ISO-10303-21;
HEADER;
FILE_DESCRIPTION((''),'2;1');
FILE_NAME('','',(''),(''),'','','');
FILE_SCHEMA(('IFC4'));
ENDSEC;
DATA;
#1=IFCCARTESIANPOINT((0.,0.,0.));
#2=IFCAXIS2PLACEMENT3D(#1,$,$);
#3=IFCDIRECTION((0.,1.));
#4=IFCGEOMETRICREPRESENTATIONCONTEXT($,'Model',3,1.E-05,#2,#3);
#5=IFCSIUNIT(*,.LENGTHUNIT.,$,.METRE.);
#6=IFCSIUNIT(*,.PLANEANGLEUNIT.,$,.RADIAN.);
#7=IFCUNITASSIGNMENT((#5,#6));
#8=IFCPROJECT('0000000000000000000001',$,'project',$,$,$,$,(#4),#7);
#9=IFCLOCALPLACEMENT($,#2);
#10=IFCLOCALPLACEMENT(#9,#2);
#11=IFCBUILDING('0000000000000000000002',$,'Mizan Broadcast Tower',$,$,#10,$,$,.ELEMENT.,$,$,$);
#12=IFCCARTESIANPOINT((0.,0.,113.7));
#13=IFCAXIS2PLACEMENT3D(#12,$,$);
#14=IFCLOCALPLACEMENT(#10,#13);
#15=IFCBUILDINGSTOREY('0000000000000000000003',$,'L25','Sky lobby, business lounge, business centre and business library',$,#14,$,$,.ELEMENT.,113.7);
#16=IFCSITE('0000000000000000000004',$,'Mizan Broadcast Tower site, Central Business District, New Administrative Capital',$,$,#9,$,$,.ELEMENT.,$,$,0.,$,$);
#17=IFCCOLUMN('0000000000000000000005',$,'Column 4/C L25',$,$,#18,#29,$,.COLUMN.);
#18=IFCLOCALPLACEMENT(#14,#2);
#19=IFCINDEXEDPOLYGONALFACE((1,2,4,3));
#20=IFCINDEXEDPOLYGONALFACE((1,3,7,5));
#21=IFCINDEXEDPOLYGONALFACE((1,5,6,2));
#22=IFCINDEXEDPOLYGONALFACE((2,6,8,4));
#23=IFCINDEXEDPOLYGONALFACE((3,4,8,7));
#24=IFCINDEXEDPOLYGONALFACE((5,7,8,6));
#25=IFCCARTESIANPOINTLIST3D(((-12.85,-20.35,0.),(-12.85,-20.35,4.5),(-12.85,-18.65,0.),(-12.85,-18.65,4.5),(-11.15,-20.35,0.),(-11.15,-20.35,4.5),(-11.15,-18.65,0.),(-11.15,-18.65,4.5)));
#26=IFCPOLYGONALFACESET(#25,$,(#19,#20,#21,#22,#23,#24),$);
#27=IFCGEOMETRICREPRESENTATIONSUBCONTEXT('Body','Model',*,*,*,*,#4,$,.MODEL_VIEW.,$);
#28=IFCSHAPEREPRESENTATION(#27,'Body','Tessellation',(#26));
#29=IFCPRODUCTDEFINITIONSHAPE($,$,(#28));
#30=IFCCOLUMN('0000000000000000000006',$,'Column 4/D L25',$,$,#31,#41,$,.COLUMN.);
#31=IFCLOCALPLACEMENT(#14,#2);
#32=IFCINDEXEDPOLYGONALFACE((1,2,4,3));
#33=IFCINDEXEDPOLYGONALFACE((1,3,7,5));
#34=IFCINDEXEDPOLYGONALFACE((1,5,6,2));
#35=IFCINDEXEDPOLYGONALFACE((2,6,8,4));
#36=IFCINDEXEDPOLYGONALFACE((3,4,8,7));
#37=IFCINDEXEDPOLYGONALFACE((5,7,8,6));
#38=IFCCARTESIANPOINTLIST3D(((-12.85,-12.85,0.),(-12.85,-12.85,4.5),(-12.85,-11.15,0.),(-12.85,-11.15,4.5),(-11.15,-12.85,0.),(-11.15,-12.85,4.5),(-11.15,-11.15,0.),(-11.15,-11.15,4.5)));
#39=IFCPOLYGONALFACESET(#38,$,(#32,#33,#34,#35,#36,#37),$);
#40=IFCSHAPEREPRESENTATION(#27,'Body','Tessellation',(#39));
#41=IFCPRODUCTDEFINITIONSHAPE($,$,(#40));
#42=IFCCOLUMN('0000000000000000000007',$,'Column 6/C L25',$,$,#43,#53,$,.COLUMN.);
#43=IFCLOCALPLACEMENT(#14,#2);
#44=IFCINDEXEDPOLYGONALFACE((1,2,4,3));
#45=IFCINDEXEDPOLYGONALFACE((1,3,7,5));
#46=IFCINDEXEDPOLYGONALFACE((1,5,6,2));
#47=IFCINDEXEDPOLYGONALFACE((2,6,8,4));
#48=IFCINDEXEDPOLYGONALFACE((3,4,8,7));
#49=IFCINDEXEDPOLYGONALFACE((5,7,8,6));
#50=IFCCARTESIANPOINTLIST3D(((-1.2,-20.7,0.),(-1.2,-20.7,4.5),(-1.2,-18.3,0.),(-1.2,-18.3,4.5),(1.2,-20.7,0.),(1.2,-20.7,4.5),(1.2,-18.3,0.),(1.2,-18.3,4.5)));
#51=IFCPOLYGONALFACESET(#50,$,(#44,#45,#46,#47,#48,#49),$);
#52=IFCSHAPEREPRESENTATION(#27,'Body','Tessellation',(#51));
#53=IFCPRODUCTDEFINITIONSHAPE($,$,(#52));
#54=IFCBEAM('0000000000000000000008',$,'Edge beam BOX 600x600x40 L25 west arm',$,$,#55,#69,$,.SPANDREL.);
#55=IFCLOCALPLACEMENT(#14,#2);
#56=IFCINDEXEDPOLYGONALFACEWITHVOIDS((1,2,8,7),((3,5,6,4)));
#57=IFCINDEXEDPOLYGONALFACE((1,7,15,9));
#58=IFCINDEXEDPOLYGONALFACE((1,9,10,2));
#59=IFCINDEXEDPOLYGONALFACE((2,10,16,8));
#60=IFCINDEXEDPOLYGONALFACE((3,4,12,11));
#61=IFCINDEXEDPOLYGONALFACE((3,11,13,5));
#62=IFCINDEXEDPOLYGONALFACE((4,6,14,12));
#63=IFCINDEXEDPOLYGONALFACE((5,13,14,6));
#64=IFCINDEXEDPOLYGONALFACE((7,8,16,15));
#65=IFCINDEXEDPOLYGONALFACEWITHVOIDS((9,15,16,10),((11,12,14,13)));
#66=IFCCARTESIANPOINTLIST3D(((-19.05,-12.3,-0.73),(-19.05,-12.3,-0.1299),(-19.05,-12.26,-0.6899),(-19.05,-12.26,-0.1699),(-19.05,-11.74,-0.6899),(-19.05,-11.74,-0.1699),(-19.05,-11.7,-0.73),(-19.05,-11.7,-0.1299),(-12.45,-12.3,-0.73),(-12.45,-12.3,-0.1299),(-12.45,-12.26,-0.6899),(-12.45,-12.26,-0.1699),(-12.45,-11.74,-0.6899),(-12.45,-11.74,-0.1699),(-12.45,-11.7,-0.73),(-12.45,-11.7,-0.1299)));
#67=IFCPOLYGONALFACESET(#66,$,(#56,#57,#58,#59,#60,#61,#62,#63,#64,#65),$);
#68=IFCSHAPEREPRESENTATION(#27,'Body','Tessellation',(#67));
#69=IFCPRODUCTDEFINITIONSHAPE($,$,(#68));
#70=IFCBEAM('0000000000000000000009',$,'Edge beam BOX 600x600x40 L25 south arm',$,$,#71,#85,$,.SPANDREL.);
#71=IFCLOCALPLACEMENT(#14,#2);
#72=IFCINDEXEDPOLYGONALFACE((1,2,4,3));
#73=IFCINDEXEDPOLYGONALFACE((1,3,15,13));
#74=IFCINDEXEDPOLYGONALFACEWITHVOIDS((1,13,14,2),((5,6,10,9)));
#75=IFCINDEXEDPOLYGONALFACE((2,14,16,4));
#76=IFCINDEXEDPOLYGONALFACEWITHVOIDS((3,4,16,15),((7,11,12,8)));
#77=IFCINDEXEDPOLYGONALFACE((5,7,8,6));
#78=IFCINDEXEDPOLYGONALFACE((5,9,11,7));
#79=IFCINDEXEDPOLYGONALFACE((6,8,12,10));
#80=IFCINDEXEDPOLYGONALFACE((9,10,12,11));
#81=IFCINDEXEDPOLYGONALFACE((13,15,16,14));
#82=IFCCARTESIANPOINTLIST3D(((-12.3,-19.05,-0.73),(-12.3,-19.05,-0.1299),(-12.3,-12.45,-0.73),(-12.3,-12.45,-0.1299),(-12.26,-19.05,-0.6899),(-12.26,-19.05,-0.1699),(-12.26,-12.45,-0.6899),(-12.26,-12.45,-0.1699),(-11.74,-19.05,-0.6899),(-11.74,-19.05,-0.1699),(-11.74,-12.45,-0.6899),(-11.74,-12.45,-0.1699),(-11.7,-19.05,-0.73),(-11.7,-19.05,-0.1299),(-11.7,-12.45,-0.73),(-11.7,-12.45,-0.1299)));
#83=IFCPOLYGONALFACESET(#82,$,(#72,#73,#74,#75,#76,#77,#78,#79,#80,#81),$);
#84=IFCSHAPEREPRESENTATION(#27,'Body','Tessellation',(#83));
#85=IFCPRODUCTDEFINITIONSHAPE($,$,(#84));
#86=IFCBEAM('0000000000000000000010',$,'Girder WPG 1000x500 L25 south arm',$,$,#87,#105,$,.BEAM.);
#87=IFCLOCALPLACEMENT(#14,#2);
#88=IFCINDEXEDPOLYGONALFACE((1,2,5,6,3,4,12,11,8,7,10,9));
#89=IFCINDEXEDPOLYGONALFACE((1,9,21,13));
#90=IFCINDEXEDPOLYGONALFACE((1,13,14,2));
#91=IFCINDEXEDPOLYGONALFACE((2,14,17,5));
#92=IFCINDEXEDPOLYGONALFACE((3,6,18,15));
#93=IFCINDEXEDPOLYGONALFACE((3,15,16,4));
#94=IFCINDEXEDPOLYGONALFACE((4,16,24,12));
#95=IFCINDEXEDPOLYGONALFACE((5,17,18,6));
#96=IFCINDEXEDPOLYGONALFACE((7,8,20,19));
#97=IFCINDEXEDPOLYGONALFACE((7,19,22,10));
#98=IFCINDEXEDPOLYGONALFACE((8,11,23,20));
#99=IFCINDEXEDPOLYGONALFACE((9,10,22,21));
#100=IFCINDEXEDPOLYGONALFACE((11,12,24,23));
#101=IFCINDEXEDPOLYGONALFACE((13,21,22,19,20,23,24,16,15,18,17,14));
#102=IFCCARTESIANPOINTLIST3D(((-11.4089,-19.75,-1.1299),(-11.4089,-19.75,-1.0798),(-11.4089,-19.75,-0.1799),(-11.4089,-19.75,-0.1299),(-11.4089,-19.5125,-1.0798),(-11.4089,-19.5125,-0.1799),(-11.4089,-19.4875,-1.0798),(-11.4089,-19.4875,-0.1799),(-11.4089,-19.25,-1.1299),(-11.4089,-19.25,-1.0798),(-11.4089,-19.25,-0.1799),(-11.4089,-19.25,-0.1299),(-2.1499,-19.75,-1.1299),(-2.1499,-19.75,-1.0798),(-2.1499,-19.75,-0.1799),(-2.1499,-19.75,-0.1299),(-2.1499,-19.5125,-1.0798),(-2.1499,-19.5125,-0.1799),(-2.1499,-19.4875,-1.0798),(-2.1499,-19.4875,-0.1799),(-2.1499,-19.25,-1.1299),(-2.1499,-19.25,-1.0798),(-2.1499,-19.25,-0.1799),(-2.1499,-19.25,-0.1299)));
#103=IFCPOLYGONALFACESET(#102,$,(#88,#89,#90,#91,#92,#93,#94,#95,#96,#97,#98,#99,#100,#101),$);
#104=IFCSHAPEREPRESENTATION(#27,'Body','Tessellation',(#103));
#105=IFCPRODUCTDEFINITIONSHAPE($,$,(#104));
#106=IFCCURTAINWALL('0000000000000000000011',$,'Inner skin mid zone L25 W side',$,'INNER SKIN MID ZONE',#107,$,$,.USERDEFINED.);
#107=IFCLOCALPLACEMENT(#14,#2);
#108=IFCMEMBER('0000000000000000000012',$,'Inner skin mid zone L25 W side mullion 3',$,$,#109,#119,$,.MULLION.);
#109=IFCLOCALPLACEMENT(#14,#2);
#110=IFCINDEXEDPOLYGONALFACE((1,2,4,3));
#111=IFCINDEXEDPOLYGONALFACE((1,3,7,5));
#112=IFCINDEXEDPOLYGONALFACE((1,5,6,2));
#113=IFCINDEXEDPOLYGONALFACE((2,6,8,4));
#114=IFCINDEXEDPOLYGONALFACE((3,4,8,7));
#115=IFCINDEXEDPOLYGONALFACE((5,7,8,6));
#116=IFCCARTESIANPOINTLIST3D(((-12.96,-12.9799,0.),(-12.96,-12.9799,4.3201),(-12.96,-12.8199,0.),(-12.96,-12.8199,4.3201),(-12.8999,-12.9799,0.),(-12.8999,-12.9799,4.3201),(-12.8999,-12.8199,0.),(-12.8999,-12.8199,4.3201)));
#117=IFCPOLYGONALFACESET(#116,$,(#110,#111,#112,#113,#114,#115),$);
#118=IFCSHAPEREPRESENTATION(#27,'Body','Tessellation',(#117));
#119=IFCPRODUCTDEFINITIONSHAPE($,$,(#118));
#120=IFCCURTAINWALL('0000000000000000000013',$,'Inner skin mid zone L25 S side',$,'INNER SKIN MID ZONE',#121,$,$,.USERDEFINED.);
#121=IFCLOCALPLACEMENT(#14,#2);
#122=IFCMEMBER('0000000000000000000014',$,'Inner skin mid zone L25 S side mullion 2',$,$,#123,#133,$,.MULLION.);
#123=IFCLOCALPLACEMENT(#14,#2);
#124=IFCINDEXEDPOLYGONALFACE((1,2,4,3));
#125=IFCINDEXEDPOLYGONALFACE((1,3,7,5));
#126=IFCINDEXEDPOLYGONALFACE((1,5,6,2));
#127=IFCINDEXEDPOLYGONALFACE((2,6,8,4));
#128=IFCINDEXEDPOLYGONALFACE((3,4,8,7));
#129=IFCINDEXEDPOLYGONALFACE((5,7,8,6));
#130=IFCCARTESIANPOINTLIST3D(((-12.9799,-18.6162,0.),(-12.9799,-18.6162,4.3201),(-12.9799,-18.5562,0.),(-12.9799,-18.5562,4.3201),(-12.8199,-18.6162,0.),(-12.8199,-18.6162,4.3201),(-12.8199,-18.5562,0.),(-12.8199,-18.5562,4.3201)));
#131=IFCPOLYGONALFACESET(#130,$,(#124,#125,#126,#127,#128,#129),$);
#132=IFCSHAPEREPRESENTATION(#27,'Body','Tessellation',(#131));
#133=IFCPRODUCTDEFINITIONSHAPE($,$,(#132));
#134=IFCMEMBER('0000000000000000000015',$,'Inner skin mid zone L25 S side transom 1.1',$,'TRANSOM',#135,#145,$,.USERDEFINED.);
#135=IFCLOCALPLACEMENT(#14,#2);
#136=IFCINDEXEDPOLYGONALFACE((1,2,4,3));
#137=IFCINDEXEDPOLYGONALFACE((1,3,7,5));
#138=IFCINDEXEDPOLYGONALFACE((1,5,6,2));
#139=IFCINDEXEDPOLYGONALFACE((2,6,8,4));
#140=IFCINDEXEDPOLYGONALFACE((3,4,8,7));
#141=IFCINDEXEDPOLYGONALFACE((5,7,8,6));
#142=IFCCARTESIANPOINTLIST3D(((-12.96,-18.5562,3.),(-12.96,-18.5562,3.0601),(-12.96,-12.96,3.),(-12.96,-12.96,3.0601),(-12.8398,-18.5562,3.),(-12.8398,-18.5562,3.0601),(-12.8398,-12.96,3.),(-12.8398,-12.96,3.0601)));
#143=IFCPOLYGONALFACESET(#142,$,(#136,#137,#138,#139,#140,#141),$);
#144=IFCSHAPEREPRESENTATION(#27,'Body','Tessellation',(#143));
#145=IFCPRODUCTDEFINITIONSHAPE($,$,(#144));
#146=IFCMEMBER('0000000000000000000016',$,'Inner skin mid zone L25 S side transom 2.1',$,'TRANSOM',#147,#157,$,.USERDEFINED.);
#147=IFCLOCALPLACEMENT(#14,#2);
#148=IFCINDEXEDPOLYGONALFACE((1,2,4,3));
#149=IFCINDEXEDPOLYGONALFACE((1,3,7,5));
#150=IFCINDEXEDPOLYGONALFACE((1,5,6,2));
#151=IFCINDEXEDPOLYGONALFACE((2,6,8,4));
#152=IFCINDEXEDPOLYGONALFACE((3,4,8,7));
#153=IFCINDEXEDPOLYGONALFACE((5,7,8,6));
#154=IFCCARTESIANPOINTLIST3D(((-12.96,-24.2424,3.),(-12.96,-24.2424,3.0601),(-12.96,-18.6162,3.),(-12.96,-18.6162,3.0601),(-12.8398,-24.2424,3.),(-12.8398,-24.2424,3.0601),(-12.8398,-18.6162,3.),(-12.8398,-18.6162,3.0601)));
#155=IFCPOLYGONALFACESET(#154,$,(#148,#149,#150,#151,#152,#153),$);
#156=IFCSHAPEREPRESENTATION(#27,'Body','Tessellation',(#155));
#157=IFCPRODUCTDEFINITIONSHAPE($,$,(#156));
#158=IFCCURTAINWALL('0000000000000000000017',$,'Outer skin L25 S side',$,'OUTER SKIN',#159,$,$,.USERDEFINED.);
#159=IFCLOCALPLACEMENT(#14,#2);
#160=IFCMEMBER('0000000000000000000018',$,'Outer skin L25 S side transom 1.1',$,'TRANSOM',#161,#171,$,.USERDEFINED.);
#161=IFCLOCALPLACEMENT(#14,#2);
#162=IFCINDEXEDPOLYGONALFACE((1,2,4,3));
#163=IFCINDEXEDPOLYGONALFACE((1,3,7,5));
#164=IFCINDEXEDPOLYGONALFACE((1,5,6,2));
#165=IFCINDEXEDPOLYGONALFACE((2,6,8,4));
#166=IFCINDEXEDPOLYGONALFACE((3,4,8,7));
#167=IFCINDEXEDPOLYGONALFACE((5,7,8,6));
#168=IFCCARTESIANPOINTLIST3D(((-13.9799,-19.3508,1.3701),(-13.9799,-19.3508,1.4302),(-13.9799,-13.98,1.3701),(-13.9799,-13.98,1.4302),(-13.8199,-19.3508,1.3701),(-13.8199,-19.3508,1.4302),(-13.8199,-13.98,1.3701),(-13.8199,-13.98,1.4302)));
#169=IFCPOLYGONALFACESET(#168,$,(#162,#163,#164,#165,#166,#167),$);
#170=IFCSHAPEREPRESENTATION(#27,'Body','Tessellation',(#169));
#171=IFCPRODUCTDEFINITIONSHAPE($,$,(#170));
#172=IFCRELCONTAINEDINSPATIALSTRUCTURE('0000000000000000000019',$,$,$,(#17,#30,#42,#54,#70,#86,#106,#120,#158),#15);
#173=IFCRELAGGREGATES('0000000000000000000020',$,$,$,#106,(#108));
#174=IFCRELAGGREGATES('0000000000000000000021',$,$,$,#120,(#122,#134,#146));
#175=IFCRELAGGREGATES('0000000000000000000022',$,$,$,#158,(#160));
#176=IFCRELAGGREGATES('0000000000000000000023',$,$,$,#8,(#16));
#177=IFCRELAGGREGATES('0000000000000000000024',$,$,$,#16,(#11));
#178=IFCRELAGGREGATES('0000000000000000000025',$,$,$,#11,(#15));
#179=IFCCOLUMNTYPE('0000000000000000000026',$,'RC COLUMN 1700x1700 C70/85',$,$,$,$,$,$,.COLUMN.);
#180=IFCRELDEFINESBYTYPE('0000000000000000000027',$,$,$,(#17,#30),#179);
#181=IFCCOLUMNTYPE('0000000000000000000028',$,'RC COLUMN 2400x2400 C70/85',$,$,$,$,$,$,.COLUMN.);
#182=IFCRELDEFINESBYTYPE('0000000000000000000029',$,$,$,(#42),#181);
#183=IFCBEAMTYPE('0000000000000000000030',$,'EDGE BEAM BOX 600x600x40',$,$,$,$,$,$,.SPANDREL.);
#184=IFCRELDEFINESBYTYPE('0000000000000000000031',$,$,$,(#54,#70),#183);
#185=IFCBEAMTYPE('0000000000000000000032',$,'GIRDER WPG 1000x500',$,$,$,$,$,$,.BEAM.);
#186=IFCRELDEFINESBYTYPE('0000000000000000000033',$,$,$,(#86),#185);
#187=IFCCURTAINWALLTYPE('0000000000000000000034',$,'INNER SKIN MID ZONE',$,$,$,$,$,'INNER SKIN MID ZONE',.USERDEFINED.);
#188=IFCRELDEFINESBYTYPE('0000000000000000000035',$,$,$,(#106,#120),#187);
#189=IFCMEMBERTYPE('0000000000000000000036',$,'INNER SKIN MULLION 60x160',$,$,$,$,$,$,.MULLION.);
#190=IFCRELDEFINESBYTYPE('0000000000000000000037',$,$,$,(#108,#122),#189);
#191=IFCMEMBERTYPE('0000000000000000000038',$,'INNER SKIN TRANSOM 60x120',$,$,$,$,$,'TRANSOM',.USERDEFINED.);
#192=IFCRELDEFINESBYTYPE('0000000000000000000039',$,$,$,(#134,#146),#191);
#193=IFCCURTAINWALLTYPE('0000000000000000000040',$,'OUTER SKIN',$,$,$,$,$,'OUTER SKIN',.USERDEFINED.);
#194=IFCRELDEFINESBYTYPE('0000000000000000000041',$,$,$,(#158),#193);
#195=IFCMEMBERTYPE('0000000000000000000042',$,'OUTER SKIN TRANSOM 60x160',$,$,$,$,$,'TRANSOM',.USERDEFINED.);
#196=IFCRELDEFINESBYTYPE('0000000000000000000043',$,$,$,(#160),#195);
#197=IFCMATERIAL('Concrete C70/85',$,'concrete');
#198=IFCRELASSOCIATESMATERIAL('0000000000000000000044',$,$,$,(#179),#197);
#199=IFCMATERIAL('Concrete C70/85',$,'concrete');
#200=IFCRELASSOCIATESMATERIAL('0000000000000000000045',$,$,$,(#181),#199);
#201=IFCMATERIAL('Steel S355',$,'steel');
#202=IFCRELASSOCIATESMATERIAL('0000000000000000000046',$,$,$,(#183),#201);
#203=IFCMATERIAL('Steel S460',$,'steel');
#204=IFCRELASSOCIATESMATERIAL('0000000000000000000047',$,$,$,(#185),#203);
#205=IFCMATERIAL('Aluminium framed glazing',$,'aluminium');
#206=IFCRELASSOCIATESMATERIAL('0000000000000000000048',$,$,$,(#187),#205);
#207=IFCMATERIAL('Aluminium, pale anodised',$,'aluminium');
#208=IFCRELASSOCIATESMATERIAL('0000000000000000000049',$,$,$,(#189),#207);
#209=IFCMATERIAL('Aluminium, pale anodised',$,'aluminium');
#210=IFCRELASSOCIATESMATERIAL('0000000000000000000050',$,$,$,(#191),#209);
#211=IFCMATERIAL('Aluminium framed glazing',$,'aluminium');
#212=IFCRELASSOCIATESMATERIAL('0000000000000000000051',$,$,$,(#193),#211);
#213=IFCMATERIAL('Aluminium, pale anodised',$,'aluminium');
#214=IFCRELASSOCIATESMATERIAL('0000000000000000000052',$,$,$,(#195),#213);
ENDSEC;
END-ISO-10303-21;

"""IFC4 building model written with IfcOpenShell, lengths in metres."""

from ifc_helpers import new_model, si_unit, direction, frame, origin, origin_2d, place, context, subcontext, project, spatial, rectangle, hollow_rectangle, i_section, extrude, material, material_profile, profile_set, type_object, element, aggregate, save


model = new_model("IFC4")

# Units and contexts
model_context = context("Model", 3, precision=1e-05, world=origin(), true_north=direction((0.0, 1.0)))
body_context = subcontext(model_context, "Body", "Model", "MODEL_VIEW")
ifc_project = project(units=[si_unit("LENGTHUNIT", "METRE"), si_unit("PLANEANGLEUNIT", "RADIAN")], contexts=[model_context])

# Site, building, storey
site_placement = place(None, origin())
site = spatial("IfcSite", under=ifc_project, at=site_placement, Name="Mizan Broadcast Tower site, Central Business District, New Administrative Capital", CompositionType="ELEMENT", RefElevation=0.0)
building_placement = place(site_placement, origin())
building = spatial("IfcBuilding", under=site, at=building_placement, Name="Mizan Broadcast Tower", CompositionType="ELEMENT")
storey_placement = place(building_placement, frame((0.0, 0.0, 113.7)))
storey = spatial("IfcBuildingStorey", under=building, at=storey_placement, Name="L25", Description="Sky lobby, business lounge, business centre and business library", CompositionType="ELEMENT", Elevation=113.7)

# Columns
ifc_material_1 = material(Name="Concrete C70/85", Category="concrete")
ifc_material_profile_1 = material_profile(ifc_material_1, rectangle(XDim=1.7, YDim=1.7, at=origin_2d()), Name="RC 1700x1700")
ifc_profile_set_1 = profile_set([ifc_material_profile_1], Name="Concrete C70/85")
column_type_1 = type_object("IfcColumnType", Name="RC COLUMN 1700x1700 C70/85", PredefinedType="COLUMN", material=ifc_profile_set_1)
for number, where, z_axis, x_axis, name in (
    (1, (-12.0, -19.5, 0.0), (0.0, 0.0, 1.0), (1.0, 0.0, 0.0), "Column 4/C L25"),
    (2, (-12.0, -12.0, 0.0), (0.0, 0.0, 1.0), (1.0, 0.0, 0.0), "Column 4/D L25"),
):
    element("IfcColumn", number, at=place(storey_placement, frame(where, z_axis=z_axis, x_axis=x_axis)), inside=storey, type_object=column_type_1, Name=name, PredefinedType="COLUMN", context=body_context, shape_type="SweptSolid", body=[
        extrude(rectangle(XDim=1.7, YDim=1.7, at=origin_2d()), origin(), (0.0, 0.0, 1.0), 4.5),
    ])
ifc_material_2 = material(Name="Concrete C70/85", Category="concrete")
ifc_material_profile_2 = material_profile(ifc_material_2, rectangle(XDim=2.3999, YDim=2.3999, at=origin_2d()), Name="RC 2400x2400")
ifc_profile_set_2 = profile_set([ifc_material_profile_2], Name="Concrete C70/85")
column_type_2 = type_object("IfcColumnType", Name="RC COLUMN 2400x2400 C70/85", PredefinedType="COLUMN", material=ifc_profile_set_2)
column_placement = place(storey_placement, frame((0.0, -19.5, 0.0), z_axis=(0.0, 0.0, 1.0), x_axis=(1.0, 0.0, 0.0)))
element("IfcColumn", 3, at=column_placement, inside=storey, type_object=column_type_2, Name="Column 6/C L25", PredefinedType="COLUMN", context=body_context, shape_type="SweptSolid", body=[
    extrude(rectangle(XDim=2.3999, YDim=2.3999, at=origin_2d()), origin(), (0.0, 0.0, 1.0), 4.5),
])

# Beams
ifc_material_3 = material(Name="Steel S355", Category="steel")
ifc_material_profile_3 = material_profile(ifc_material_3, hollow_rectangle(XDim=0.6001, YDim=0.6001, WallThickness=0.04, at=origin_2d()), Name="BOX 600x600x40")
ifc_profile_set_3 = profile_set([ifc_material_profile_3], Name="Steel S355")
beam_type_1 = type_object("IfcBeamType", Name="EDGE BEAM BOX 600x600x40", PredefinedType="SPANDREL", material=ifc_profile_set_3)
for number, where, z_axis, x_axis, name in (
    (4, (-12.45, -12.0, -0.4299), (-1.0, 0.0, 0.0), (0.0, -1.0, 0.0), "Edge beam BOX 600x600x40 L25 west arm"),
    (5, (-12.0, -12.45, -0.4299), (0.0, -1.0, 0.0), (1.0, 0.0, 0.0), "Edge beam BOX 600x600x40 L25 south arm"),
):
    element("IfcBeam", number, at=place(storey_placement, frame(where, z_axis=z_axis, x_axis=x_axis)), inside=storey, type_object=beam_type_1, Name=name, PredefinedType="SPANDREL", context=body_context, shape_type="SweptSolid", body=[
        extrude(hollow_rectangle(XDim=0.6001, YDim=0.6001, WallThickness=0.04, at=origin_2d()), origin(), (0.0, 0.0, 1.0), 6.6001),
    ])
ifc_material_4 = material(Name="Steel S460", Category="steel")
ifc_material_profile_4 = material_profile(ifc_material_4, i_section(OverallWidth=0.5, OverallDepth=1.0, WebThickness=0.0249, FlangeThickness=0.05, at=origin_2d()), Name="WPG 1000x500")
ifc_profile_set_4 = profile_set([ifc_material_profile_4], Name="Steel S460")
beam_type_2 = type_object("IfcBeamType", Name="GIRDER WPG 1000x500", PredefinedType="BEAM", material=ifc_profile_set_4)
beam_placement = place(storey_placement, frame((-11.4089, -19.5, -0.6299), z_axis=(1.0, 0.0, 0.0), x_axis=(0.0, 1.0, 0.0)))
element("IfcBeam", 6, at=beam_placement, inside=storey, type_object=beam_type_2, Name="Girder WPG 1000x500 L25 south arm", PredefinedType="BEAM", context=body_context, shape_type="SweptSolid", body=[
    extrude(i_section(OverallWidth=0.5, OverallDepth=1.0, WebThickness=0.0249, FlangeThickness=0.05, at=origin_2d()), origin(), (0.0, 0.0, 1.0), 9.259),
])

# Curtain wall, member
ifc_material_5 = material(Name="Aluminium framed glazing", Category="aluminium")
curtain_wall_type_1 = type_object("IfcCurtainWallType", Name="INNER SKIN MID ZONE", ElementType="INNER SKIN MID ZONE", PredefinedType="USERDEFINED", material=ifc_material_5)
curtain_wall_1_placement = place(storey_placement, origin())
curtain_wall_1 = element("IfcCurtainWall", 7, at=curtain_wall_1_placement, inside=storey, type_object=curtain_wall_type_1, Name="Inner skin mid zone L25 W side", ObjectType="INNER SKIN MID ZONE", PredefinedType="USERDEFINED")
ifc_material_6 = material(Name="Aluminium, pale anodised", Category="aluminium")
ifc_material_profile_5 = material_profile(ifc_material_6, rectangle(XDim=0.1599, YDim=0.0601, at=origin_2d()), Name="MULLION 160x60")
ifc_profile_set_5 = profile_set([ifc_material_profile_5], Name="Aluminium, pale anodised")
member_type_1 = type_object("IfcMemberType", Name="INNER SKIN MULLION 60x160", PredefinedType="MULLION", material=ifc_profile_set_5)
member_1_placement = place(storey_placement, frame((-12.9299, -12.8999, 0.0), z_axis=(0.0, 0.0, 1.0), x_axis=(0.0, 1.0, 0.0)))
member_1 = element("IfcMember", 8, at=member_1_placement, type_object=member_type_1, Name="Inner skin mid zone L25 W side mullion 3", PredefinedType="MULLION", context=body_context, shape_type="SweptSolid", body=[
    extrude(rectangle(XDim=0.1599, YDim=0.0601, at=origin_2d()), origin(), (0.0, 0.0, 1.0), 4.3201),
])
aggregate(curtain_wall_1, [member_1])

# Curtain wall, members
curtain_wall_2_placement = place(storey_placement, origin())
curtain_wall_2 = element("IfcCurtainWall", 9, at=curtain_wall_2_placement, inside=storey, type_object=curtain_wall_type_1, Name="Inner skin mid zone L25 S side", ObjectType="INNER SKIN MID ZONE", PredefinedType="USERDEFINED")
member_2_placement = place(storey_placement, frame((-12.8999, -18.5862, 0.0), z_axis=(0.0, 0.0, 1.0), x_axis=(1.0, 0.0, 0.0)))
member_2 = element("IfcMember", 10, at=member_2_placement, type_object=member_type_1, Name="Inner skin mid zone L25 S side mullion 2", PredefinedType="MULLION", context=body_context, shape_type="SweptSolid", body=[
    extrude(rectangle(XDim=0.1599, YDim=0.0601, at=origin_2d()), origin(), (0.0, 0.0, 1.0), 4.3201),
])
ifc_material_7 = material(Name="Aluminium, pale anodised", Category="aluminium")
ifc_material_profile_6 = material_profile(ifc_material_7, rectangle(XDim=0.1201, YDim=0.0601, at=origin_2d()), Name="TRANSOM 120x60")
ifc_profile_set_6 = profile_set([ifc_material_profile_6], Name="Aluminium, pale anodised")
member_type_2 = type_object("IfcMemberType", Name="INNER SKIN TRANSOM 60x120", ElementType="TRANSOM", PredefinedType="USERDEFINED", material=ifc_profile_set_6)
member_3_placement = place(storey_placement, frame((-12.8999, -12.96, 3.03), z_axis=(0.0, -1.0, 0.0), x_axis=(1.0, 0.0, 0.0)))
member_3 = element("IfcMember", 11, at=member_3_placement, type_object=member_type_2, Name="Inner skin mid zone L25 S side transom 1.1", ObjectType="TRANSOM", PredefinedType="USERDEFINED", context=body_context, shape_type="SweptSolid", body=[
    extrude(rectangle(XDim=0.1201, YDim=0.0601, at=origin_2d()), origin(), (0.0, 0.0, 1.0), 5.5962),
])
member_4_placement = place(storey_placement, frame((-12.8999, -18.6162, 3.03), z_axis=(0.0, -1.0, 0.0), x_axis=(1.0, 0.0, 0.0)))
member_4 = element("IfcMember", 12, at=member_4_placement, type_object=member_type_2, Name="Inner skin mid zone L25 S side transom 2.1", ObjectType="TRANSOM", PredefinedType="USERDEFINED", context=body_context, shape_type="SweptSolid", body=[
    extrude(rectangle(XDim=0.1201, YDim=0.0601, at=origin_2d()), origin(), (0.0, 0.0, 1.0), 5.6262),
])

# Curtain wall, member
ifc_material_8 = material(Name="Aluminium framed glazing", Category="aluminium")
curtain_wall_type_2 = type_object("IfcCurtainWallType", Name="OUTER SKIN", ElementType="OUTER SKIN", PredefinedType="USERDEFINED", material=ifc_material_8)
curtain_wall_3_placement = place(storey_placement, origin())
curtain_wall_3 = element("IfcCurtainWall", 13, at=curtain_wall_3_placement, inside=storey, type_object=curtain_wall_type_2, Name="Outer skin L25 S side", ObjectType="OUTER SKIN", PredefinedType="USERDEFINED")
ifc_material_9 = material(Name="Aluminium, pale anodised", Category="aluminium")
ifc_material_profile_7 = material_profile(ifc_material_9, rectangle(XDim=0.1599, YDim=0.0601, at=origin_2d()), Name="TRANSOM 160x60")
ifc_profile_set_7 = profile_set([ifc_material_profile_7], Name="Aluminium, pale anodised")
member_type_3 = type_object("IfcMemberType", Name="OUTER SKIN TRANSOM 60x160", ElementType="TRANSOM", PredefinedType="USERDEFINED", material=ifc_profile_set_7)
member_5_placement = place(storey_placement, frame((-13.8999, -13.98, 1.4001), z_axis=(0.0, -1.0, 0.0), x_axis=(1.0, 0.0, 0.0)))
member_5 = element("IfcMember", 14, at=member_5_placement, type_object=member_type_3, Name="Outer skin L25 S side transom 1.1", ObjectType="TRANSOM", PredefinedType="USERDEFINED", context=body_context, shape_type="SweptSolid", body=[
    extrude(rectangle(XDim=0.1599, YDim=0.0601, at=origin_2d()), origin(), (0.0, 0.0, 1.0), 5.3708),
])

aggregate(curtain_wall_2, [member_2, member_3, member_4])
aggregate(curtain_wall_3, [member_5])

save(model, "model.ifc")
